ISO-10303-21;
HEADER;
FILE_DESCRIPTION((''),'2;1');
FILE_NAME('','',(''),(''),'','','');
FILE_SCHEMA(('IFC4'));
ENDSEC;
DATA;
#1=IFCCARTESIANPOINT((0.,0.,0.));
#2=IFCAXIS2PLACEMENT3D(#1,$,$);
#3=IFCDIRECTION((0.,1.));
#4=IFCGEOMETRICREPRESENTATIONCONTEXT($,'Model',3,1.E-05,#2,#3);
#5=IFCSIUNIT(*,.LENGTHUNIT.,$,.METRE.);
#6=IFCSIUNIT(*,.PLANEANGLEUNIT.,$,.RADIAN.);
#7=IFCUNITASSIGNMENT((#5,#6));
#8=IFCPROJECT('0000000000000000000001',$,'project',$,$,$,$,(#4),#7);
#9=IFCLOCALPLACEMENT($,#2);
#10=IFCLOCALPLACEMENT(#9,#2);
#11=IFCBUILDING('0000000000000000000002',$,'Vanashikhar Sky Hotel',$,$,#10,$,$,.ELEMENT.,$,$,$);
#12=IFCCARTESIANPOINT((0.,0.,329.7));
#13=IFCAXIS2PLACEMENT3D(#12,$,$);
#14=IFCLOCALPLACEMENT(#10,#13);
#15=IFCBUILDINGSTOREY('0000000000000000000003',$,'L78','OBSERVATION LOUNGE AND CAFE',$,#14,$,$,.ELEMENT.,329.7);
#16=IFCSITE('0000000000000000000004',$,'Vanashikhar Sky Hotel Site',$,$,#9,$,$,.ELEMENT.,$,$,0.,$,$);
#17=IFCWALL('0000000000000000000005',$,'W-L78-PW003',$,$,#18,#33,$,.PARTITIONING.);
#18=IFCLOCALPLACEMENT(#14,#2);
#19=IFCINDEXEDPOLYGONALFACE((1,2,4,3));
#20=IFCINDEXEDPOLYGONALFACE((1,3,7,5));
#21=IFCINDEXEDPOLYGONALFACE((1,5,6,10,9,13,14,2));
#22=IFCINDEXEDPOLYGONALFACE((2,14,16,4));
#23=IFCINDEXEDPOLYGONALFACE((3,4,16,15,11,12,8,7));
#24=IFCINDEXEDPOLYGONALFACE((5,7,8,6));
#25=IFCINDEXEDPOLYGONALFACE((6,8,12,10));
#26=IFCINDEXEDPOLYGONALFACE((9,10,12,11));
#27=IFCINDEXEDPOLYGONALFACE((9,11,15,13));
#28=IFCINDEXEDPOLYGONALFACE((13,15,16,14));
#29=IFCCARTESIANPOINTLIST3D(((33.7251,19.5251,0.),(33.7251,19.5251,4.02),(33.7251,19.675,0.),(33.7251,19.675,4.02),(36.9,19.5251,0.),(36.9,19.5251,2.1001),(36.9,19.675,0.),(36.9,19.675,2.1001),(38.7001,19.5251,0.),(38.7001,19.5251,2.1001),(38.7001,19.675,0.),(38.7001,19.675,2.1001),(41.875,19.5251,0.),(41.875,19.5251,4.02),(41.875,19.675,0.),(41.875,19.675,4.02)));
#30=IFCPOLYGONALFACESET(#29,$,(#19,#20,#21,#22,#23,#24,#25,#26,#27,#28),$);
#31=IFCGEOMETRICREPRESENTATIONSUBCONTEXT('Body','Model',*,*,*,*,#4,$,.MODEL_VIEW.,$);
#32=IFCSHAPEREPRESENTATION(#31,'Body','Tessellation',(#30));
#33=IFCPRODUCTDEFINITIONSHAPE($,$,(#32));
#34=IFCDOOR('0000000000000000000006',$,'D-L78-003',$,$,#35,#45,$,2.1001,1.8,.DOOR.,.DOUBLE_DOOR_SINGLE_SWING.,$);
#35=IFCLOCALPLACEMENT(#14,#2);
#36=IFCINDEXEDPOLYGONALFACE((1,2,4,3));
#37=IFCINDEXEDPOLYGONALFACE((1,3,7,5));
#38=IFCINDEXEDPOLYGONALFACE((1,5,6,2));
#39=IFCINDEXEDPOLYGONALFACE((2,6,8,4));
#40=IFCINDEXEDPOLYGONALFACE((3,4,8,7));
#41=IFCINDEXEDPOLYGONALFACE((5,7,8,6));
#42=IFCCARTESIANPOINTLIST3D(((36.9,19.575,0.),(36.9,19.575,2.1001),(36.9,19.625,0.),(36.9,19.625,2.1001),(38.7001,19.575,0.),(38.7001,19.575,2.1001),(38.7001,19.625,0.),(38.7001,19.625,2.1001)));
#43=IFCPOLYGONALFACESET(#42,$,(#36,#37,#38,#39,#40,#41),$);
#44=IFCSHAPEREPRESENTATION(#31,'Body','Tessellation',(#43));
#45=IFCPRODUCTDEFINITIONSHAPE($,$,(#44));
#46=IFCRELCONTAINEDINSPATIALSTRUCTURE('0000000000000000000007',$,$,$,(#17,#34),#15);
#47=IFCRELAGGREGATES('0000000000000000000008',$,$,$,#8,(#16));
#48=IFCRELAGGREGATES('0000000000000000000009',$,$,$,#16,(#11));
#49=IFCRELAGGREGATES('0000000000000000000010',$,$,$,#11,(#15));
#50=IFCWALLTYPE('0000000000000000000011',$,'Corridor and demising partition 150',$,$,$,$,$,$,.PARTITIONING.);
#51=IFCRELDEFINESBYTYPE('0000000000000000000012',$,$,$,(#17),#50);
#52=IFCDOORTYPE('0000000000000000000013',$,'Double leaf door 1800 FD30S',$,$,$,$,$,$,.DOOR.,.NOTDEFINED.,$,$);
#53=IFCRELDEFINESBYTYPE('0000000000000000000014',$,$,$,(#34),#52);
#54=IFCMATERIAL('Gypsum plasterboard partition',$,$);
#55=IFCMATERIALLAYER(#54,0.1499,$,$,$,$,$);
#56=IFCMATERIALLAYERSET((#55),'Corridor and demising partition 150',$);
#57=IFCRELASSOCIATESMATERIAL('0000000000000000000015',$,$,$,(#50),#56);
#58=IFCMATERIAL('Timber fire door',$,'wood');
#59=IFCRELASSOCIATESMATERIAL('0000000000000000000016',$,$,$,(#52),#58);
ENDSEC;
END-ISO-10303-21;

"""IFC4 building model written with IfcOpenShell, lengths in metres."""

from ifc_helpers import new_model, si_unit, direction, frame, frame_2d, origin, place, context, subcontext, project, spatial, rectangle, extrude, source, transform, mapped, material, layer, layer_set, type_object, element, fill, save


model = new_model("IFC4")

# Units and contexts
model_context = context("Model", 3, precision=1e-05, world=origin(), true_north=direction((0.0, 1.0)))
body_context = subcontext(model_context, "Body", "Model", "MODEL_VIEW")
ifc_project = project(units=[si_unit("LENGTHUNIT", "METRE"), si_unit("PLANEANGLEUNIT", "RADIAN")], contexts=[model_context])

# Site, building, storey
site_placement = place(None, origin())
site = spatial("IfcSite", under=ifc_project, at=site_placement, Name="Vanashikhar Sky Hotel Site", CompositionType="ELEMENT", RefElevation=0.0)
building_placement = place(site_placement, origin())
building = spatial("IfcBuilding", under=site, at=building_placement, Name="Vanashikhar Sky Hotel", CompositionType="ELEMENT")
storey_placement = place(building_placement, frame((0.0, 0.0, 329.7)))
storey = spatial("IfcBuildingStorey", under=building, at=storey_placement, Name="L78", Description="OBSERVATION LOUNGE AND CAFE", CompositionType="ELEMENT", Elevation=329.7)

# Wall, opening, door
ifc_material_1 = material(Name="Gypsum plasterboard partition")
ifc_layer_1 = layer(ifc_material_1, 0.1499)
ifc_layer_set_1 = layer_set([ifc_layer_1], Name="Corridor and demising partition 150")
wall_type_1 = type_object("IfcWallType", Name="Corridor and demising partition 150", PredefinedType="PARTITIONING", material=ifc_layer_set_1)
shared_shape_1 = source(origin(), body_context, "Body", "SweptSolid", [
    extrude(rectangle(XDim=1.8, YDim=2.1001, at=frame_2d((0.8999, 1.05))), frame((0.0, 0.085, 0.0), z_axis=(0.0, -1.0, 0.0), x_axis=(1.0, 0.0, 0.0)), (0.0, 0.0, 1.0), 0.1699),
])
ifc_material_2 = material(Name="Timber fire door", Category="wood")
door_type_1 = type_object("IfcDoorType", Name="Double leaf door 1800 FD30S", OperationType="NOTDEFINED", PredefinedType="DOOR", material=ifc_material_2)
shared_shape_2 = source(origin(), body_context, "Body", "SweptSolid", [
    extrude(rectangle(XDim=1.8, YDim=2.1001, at=frame_2d((0.8999, 1.05))), frame((0.0, 0.0249, 0.0), z_axis=(0.0, -1.0, 0.0), x_axis=(1.0, 0.0, 0.0)), (0.0, 0.0, 1.0), 0.05),
])
shared_shape_3 = source(origin(), body_context, "Body", "SweptSolid", [
    extrude(rectangle(XDim=8.1499, YDim=0.1499, at=frame_2d((4.075, 0.0))), origin(), (0.0, 0.0, 1.0), 4.02),
])
wall_1_placement = place(storey_placement, frame((33.7251, 19.6001, 0.0), z_axis=(0.0, 0.0, 1.0), x_axis=(1.0, 0.0, 0.0)))
wall_1 = element("IfcWall", 1, at=wall_1_placement, inside=storey, type_object=wall_type_1, Name="W-L78-PW003", PredefinedType="PARTITIONING", context=body_context, shape_type="MappedRepresentation", body=[
    mapped(shared_shape_3, transform((0.0, 0.0, 0.0), scale=1.0)),
])
opening_1_placement = place(wall_1_placement, frame((3.175, 0.0, 0.0)))
opening_1 = element("IfcOpeningElement", 2, at=opening_1_placement, cuts=wall_1, PredefinedType="OPENING", context=body_context, shape_type="MappedRepresentation", body=[
    mapped(shared_shape_1, transform((0.0, 0.0, 0.0), scale=1.0)),
])
door_1_placement = place(opening_1_placement, origin())
door_1 = element("IfcDoor", 3, at=door_1_placement, inside=storey, type_object=door_type_1, Name="D-L78-003", OperationType="DOUBLE_DOOR_SINGLE_SWING", OverallHeight=2.1001, OverallWidth=1.8, PredefinedType="DOOR", context=body_context, shape_type="MappedRepresentation", body=[
    mapped(shared_shape_2, transform((0.0, 0.0, 0.0), scale=1.0)),
])
fill(opening_1, door_1)

save(model, "model.ifc")
